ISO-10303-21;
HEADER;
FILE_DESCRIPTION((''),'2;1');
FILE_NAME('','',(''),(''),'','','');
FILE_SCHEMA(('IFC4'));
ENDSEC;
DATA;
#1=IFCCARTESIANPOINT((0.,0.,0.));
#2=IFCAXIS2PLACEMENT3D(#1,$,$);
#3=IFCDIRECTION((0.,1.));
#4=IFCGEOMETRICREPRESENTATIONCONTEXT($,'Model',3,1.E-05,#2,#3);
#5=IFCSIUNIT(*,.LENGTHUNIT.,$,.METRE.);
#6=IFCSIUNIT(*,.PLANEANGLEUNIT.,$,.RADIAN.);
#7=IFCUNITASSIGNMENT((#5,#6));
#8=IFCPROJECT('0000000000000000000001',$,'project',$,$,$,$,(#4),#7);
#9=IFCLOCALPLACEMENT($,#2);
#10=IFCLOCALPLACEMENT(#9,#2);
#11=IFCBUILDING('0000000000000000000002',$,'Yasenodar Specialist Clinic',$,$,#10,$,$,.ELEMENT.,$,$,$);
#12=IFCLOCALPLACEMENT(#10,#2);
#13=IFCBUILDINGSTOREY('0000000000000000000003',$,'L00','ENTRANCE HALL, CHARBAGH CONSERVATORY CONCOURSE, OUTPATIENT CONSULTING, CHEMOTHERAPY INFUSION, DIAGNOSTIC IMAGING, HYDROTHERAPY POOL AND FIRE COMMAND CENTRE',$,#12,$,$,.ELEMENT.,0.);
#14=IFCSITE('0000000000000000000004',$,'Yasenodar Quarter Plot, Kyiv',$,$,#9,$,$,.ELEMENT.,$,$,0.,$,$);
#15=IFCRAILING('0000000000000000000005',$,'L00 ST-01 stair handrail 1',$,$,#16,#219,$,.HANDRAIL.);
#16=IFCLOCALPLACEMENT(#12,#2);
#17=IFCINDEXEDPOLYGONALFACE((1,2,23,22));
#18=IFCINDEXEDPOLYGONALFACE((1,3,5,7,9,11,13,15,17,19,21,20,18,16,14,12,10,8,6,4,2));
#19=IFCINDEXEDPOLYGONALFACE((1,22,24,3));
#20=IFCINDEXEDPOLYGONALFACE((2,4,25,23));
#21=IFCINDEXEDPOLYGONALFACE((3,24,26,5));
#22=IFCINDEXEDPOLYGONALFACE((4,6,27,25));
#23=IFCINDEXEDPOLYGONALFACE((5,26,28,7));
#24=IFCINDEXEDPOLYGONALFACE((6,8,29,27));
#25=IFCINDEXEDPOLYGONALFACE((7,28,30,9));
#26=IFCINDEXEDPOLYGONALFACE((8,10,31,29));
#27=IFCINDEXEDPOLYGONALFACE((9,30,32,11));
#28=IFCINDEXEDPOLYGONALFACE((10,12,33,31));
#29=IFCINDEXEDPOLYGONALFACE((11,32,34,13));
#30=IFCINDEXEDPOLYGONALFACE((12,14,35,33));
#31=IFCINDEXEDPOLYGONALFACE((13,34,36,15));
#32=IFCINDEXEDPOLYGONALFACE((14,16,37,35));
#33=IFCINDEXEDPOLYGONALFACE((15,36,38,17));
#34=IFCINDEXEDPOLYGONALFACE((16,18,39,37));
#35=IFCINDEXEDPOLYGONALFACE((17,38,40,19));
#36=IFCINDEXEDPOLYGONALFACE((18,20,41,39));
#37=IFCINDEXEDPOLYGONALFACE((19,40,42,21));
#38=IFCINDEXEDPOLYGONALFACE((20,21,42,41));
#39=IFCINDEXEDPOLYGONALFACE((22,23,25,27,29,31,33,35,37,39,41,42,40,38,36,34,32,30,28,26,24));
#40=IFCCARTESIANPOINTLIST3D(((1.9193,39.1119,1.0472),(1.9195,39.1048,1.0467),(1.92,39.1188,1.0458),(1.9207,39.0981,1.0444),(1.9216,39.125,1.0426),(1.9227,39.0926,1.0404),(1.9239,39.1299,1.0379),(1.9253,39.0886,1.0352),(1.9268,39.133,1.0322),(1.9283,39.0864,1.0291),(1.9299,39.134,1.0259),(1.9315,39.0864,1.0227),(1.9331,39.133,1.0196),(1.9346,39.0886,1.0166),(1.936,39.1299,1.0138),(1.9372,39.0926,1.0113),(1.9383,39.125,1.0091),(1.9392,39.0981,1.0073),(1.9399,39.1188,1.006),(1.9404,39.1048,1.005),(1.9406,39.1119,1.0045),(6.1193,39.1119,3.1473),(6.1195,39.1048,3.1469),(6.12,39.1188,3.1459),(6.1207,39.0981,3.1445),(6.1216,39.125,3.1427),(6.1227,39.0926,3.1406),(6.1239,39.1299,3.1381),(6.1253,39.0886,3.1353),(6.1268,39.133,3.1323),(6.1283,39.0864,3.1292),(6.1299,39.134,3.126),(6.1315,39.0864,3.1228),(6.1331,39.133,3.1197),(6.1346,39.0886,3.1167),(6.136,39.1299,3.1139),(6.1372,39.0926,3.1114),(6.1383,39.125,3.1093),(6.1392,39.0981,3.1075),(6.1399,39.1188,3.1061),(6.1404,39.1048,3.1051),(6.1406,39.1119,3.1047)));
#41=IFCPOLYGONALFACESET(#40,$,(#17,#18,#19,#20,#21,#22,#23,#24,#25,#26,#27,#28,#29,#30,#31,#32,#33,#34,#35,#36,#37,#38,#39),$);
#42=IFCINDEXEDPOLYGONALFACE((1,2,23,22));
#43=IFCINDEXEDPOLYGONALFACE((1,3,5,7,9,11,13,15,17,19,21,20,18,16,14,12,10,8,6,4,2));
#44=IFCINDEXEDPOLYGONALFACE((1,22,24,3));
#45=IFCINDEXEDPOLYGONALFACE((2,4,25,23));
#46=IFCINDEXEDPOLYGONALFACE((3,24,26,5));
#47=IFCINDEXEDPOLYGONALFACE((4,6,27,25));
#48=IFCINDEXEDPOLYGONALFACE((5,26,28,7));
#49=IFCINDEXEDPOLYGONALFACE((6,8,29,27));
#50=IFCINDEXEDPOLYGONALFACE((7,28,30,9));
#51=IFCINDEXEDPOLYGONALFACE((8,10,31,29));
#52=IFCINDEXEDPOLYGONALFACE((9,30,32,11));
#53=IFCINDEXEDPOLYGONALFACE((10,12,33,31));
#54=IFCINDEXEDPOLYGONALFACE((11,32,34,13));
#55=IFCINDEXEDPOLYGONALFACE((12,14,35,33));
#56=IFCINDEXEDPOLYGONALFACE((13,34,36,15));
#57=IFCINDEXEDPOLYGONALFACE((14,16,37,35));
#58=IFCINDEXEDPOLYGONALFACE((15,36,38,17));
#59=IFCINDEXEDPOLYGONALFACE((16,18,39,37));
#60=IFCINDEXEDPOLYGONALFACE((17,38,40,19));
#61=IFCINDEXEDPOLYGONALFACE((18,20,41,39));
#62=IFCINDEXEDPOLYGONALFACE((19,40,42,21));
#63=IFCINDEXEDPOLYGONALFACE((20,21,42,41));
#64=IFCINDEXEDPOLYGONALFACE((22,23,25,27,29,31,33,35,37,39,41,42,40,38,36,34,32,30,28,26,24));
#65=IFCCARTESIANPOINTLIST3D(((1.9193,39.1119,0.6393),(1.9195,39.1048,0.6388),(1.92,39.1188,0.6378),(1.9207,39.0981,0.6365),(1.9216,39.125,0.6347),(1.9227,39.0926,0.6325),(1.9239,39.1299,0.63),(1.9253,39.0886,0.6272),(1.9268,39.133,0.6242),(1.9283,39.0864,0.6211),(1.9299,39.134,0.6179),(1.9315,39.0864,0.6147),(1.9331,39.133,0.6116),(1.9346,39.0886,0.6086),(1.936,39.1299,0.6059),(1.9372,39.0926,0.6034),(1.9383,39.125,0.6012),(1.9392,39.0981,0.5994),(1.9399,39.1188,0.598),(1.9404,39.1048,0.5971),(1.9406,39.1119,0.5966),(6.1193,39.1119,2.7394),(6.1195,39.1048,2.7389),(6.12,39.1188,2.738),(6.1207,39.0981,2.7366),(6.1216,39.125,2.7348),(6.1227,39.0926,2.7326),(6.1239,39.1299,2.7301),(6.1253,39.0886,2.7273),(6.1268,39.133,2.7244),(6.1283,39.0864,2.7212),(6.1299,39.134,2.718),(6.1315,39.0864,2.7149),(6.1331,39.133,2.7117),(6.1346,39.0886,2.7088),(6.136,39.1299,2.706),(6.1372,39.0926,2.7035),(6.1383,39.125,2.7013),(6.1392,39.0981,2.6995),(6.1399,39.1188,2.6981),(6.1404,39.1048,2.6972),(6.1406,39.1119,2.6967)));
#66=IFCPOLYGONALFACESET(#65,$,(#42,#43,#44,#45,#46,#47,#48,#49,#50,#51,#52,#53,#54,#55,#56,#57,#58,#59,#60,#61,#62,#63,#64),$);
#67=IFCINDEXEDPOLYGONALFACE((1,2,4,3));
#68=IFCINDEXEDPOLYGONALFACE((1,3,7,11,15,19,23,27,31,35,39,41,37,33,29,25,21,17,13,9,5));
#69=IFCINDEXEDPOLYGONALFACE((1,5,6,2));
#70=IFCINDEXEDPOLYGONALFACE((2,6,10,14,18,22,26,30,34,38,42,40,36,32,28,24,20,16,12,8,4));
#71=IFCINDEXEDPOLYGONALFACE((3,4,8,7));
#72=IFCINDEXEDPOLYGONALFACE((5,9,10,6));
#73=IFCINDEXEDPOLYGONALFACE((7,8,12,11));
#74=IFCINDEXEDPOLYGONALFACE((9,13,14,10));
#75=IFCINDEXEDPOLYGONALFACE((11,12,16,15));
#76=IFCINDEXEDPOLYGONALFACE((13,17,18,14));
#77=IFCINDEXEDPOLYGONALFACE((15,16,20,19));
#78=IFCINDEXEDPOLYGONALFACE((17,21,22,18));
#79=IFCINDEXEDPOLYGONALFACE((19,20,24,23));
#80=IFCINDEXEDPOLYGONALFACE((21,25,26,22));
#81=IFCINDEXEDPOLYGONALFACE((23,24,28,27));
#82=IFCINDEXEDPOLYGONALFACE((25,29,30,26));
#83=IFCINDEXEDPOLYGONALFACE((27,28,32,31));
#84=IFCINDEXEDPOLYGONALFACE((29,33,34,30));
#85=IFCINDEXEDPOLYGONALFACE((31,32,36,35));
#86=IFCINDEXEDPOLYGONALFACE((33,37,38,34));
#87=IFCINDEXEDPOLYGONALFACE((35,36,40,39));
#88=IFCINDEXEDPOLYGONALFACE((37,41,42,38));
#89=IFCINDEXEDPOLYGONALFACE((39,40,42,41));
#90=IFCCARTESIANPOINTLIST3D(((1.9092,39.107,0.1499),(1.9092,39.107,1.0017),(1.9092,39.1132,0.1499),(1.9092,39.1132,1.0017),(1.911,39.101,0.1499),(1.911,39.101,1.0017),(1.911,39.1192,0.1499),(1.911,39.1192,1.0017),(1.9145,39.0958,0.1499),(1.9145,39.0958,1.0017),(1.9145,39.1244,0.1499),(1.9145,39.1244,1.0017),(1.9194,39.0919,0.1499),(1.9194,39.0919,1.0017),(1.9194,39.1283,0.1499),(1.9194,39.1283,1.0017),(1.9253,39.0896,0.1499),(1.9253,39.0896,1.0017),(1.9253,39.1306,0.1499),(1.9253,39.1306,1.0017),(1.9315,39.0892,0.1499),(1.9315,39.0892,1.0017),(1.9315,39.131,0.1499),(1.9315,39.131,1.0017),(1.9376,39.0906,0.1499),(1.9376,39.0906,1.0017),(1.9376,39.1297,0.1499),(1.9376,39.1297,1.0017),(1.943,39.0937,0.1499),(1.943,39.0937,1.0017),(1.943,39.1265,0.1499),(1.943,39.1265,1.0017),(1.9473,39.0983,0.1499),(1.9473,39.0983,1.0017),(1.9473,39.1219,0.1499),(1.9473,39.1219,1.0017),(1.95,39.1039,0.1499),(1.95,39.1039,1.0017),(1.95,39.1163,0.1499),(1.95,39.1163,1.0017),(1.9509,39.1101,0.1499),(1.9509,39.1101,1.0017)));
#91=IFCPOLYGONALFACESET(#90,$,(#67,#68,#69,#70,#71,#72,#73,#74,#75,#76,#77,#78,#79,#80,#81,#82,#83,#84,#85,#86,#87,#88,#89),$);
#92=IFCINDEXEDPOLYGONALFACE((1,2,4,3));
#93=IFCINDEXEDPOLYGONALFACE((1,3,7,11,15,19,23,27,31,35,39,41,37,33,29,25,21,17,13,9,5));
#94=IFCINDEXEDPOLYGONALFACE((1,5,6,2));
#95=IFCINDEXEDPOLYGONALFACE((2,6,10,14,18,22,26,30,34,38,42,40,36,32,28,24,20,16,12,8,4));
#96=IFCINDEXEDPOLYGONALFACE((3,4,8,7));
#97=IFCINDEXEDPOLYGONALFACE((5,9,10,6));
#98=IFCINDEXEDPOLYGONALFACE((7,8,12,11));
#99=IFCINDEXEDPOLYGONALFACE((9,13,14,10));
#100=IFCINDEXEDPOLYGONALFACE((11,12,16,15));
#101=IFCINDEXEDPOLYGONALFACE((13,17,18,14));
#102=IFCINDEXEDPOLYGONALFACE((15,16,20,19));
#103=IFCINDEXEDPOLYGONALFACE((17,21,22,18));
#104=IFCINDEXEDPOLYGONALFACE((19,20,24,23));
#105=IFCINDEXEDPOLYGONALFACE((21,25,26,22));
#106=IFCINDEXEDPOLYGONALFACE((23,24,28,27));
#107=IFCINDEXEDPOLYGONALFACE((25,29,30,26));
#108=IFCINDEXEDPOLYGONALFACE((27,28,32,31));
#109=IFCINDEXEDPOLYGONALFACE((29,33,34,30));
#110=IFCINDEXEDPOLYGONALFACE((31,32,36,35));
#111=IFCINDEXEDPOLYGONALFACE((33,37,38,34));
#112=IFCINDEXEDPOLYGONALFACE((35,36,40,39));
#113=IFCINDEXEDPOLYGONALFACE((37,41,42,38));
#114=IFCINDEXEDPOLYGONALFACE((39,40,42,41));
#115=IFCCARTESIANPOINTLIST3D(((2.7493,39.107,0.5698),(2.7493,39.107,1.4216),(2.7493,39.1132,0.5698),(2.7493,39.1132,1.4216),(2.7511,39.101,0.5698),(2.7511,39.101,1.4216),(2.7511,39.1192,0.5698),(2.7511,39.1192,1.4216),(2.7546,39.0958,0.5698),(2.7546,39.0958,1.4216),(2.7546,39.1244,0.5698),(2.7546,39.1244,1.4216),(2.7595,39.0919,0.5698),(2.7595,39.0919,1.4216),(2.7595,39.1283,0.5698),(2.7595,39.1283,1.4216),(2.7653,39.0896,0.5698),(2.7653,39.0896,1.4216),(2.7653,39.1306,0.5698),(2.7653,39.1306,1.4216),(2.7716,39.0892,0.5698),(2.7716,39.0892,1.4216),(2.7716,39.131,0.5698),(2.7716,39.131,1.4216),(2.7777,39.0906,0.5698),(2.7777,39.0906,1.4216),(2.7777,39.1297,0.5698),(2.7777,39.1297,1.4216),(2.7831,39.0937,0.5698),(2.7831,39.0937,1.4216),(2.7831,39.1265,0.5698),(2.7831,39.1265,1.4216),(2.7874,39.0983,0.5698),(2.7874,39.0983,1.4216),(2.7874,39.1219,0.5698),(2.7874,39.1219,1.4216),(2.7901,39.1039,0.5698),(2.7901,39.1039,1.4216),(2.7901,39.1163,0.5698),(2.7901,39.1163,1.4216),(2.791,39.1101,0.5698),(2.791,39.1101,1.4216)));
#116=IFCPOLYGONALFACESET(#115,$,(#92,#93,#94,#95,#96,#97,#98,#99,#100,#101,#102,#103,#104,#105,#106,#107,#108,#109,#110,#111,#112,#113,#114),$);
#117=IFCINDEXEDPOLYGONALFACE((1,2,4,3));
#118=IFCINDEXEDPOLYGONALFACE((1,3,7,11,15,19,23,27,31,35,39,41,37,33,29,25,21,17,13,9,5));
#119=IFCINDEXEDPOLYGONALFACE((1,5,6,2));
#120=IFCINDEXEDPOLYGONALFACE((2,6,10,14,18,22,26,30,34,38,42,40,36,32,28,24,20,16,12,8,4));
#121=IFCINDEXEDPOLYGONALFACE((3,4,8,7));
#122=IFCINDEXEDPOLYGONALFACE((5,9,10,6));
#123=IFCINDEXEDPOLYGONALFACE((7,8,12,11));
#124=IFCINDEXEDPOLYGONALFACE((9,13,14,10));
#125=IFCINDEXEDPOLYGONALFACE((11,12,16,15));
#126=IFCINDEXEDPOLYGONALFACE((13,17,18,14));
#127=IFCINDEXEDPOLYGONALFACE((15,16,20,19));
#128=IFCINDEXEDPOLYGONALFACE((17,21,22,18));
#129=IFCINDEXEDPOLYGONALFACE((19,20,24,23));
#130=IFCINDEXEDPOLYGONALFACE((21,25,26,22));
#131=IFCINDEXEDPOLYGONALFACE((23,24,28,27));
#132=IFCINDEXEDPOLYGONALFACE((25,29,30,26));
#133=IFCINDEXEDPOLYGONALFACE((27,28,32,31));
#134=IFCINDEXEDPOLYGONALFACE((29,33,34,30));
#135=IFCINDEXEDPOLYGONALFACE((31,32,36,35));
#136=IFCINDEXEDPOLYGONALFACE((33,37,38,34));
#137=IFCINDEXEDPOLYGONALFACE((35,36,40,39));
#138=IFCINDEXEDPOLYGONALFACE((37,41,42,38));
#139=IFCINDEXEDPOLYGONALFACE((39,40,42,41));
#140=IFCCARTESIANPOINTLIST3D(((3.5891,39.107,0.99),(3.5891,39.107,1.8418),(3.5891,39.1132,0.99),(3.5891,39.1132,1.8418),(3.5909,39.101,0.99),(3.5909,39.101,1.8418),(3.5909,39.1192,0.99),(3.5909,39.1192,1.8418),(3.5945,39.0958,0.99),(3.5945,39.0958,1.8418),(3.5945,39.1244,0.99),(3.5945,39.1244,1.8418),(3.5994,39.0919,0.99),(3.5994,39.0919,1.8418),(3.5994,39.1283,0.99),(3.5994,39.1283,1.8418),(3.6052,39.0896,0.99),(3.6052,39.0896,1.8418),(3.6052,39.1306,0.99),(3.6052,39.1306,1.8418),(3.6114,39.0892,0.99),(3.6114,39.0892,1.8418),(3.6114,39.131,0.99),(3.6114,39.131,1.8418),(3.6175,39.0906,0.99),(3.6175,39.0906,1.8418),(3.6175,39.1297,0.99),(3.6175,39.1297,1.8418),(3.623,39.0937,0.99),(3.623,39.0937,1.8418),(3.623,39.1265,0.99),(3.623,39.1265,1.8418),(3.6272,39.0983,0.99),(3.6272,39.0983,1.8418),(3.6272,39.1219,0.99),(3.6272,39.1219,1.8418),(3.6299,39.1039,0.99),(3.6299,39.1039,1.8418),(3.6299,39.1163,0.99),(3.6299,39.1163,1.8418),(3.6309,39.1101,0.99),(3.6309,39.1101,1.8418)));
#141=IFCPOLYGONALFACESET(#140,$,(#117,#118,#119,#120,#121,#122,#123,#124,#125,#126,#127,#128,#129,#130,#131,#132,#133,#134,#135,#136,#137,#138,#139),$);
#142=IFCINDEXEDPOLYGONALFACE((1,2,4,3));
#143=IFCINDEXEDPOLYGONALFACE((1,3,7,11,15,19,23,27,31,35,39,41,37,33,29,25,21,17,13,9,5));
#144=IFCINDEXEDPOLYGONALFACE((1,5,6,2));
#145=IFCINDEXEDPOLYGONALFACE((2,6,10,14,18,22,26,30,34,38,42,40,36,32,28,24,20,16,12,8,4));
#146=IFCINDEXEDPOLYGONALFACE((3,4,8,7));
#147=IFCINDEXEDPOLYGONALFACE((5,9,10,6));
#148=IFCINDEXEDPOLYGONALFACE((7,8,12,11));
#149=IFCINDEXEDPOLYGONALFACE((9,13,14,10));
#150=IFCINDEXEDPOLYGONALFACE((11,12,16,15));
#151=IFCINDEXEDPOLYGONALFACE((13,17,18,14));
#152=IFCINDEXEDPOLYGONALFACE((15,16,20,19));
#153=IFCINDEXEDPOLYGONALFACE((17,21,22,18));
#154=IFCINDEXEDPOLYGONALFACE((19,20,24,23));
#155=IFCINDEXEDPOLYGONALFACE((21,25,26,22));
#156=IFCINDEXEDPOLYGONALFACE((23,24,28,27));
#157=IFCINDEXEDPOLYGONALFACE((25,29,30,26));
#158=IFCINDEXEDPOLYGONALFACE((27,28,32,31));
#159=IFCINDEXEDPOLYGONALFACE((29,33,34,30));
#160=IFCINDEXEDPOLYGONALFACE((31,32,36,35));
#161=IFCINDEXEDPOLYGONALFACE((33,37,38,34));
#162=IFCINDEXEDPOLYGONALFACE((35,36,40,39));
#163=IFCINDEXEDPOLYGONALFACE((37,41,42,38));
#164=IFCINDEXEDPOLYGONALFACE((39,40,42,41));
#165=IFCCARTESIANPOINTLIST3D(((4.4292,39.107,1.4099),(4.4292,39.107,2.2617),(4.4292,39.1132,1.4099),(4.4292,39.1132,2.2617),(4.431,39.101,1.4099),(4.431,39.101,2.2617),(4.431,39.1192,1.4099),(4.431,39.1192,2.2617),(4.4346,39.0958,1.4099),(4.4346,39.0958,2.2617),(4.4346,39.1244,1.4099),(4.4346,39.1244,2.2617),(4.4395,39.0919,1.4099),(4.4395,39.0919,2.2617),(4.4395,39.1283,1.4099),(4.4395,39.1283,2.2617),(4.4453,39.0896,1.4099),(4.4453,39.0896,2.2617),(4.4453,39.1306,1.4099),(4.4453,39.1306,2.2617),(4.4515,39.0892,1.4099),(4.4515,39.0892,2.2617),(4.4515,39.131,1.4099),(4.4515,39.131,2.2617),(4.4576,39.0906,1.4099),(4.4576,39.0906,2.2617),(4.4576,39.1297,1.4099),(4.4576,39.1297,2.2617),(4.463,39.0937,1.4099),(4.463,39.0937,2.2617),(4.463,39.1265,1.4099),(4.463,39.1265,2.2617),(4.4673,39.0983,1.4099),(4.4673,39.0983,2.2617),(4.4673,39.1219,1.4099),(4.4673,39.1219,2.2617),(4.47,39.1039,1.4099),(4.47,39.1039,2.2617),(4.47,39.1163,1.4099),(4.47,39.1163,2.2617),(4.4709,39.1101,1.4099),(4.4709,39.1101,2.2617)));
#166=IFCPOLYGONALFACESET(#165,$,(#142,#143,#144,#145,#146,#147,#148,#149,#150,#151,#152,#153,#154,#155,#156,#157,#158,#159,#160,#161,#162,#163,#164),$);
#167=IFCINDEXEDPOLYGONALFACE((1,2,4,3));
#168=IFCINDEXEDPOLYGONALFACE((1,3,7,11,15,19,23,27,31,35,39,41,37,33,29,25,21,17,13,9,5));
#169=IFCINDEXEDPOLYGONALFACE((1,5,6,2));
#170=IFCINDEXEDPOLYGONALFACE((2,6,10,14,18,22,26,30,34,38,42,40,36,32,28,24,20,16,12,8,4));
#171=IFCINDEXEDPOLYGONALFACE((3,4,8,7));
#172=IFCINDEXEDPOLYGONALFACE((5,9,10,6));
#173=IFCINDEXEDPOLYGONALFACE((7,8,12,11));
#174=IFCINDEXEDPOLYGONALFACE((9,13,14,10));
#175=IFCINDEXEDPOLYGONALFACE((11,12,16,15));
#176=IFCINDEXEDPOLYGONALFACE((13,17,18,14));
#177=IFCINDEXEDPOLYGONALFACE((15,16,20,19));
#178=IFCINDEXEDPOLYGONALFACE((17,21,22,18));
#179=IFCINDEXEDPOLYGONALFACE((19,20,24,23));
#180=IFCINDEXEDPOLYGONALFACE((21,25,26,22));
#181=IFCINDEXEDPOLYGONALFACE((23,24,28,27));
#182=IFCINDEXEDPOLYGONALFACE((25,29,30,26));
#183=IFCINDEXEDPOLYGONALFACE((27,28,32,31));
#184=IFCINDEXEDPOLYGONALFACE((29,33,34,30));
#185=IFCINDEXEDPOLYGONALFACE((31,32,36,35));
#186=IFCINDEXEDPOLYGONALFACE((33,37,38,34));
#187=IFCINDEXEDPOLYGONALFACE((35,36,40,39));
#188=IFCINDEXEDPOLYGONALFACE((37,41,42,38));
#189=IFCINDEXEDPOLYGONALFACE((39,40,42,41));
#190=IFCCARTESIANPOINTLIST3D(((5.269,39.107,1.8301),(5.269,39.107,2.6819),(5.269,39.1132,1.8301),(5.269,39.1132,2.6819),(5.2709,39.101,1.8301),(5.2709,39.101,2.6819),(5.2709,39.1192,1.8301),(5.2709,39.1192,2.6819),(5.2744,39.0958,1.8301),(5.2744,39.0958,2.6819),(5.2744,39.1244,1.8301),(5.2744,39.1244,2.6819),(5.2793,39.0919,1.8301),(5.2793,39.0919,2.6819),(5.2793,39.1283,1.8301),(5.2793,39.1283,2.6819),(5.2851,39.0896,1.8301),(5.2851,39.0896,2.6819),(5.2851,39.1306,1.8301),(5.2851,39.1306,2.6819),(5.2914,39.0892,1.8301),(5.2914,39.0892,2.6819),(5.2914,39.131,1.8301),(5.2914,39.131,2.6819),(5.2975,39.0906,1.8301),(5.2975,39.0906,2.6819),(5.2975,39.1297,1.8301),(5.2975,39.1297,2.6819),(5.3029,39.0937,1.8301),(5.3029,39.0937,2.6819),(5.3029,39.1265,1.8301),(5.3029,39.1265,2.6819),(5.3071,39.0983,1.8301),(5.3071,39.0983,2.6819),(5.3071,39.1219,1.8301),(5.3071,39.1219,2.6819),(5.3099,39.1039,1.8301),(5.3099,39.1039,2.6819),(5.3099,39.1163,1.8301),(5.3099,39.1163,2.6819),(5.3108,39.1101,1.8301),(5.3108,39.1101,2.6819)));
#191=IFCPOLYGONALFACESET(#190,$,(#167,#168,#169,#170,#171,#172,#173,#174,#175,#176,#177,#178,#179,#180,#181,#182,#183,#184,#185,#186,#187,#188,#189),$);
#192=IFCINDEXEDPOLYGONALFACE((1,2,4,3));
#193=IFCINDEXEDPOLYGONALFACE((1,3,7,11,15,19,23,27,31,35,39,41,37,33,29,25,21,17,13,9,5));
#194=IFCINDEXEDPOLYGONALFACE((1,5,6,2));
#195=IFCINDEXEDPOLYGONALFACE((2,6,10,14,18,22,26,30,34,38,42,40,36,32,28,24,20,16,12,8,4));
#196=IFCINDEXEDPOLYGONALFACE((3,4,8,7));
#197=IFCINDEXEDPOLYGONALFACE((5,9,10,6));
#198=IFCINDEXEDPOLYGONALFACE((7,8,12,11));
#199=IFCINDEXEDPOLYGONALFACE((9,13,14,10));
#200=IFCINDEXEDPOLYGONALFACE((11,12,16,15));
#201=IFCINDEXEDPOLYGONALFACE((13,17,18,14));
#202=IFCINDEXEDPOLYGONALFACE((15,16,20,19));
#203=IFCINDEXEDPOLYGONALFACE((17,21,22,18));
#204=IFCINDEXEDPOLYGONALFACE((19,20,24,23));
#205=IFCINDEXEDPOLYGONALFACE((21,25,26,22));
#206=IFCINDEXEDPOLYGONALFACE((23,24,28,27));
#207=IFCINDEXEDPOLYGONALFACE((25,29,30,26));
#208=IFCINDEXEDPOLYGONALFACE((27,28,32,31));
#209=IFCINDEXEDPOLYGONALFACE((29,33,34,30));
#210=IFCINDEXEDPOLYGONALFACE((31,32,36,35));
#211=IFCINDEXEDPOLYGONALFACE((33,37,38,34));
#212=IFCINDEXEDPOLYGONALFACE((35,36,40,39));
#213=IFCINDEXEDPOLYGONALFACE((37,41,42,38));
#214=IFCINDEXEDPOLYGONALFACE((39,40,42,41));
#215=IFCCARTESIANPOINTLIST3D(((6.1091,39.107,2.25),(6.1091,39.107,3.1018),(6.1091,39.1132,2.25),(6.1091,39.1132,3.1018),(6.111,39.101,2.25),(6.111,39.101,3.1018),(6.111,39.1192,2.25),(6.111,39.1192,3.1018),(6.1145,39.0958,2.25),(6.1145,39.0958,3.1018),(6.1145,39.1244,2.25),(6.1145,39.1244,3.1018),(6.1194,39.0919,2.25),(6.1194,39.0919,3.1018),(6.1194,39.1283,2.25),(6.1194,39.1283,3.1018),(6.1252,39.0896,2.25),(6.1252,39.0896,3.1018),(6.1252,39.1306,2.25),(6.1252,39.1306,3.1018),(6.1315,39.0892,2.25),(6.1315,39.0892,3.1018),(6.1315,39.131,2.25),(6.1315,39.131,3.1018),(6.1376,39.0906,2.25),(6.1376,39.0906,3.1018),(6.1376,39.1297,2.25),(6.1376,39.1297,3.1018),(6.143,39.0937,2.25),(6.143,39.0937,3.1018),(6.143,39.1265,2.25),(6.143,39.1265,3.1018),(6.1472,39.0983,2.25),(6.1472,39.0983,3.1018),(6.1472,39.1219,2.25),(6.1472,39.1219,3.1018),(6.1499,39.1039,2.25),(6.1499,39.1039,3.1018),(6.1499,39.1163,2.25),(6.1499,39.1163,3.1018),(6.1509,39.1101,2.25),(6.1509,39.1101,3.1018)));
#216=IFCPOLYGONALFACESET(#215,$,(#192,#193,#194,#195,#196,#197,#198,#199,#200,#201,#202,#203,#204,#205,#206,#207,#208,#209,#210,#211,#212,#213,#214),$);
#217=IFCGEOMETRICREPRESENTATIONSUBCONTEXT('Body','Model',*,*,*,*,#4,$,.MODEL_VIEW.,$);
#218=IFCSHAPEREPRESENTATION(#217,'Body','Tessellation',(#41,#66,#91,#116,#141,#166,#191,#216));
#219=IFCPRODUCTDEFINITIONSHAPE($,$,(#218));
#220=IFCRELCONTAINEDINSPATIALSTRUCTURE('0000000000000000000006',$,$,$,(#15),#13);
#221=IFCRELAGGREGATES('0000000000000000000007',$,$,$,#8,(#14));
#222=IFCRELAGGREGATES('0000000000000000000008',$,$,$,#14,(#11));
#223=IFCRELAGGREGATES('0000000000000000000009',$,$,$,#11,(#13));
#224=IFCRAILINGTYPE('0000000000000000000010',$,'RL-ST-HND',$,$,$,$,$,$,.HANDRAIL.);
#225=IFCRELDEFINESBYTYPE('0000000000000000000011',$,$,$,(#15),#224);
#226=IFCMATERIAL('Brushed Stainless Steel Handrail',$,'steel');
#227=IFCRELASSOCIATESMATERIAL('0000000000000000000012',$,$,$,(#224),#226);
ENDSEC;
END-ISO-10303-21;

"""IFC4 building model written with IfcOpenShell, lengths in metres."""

from ifc_helpers import new_model, si_unit, direction, frame, origin, origin_2d, place, context, subcontext, project, spatial, circle, extrude, material, type_object, element, save


model = new_model("IFC4")

# Units and contexts
model_context = context("Model", 3, precision=1e-05, world=origin(), true_north=direction((0.0, 1.0)))
body_context = subcontext(model_context, "Body", "Model", "MODEL_VIEW")
ifc_project = project(units=[si_unit("LENGTHUNIT", "METRE"), si_unit("PLANEANGLEUNIT", "RADIAN")], contexts=[model_context])

# Site, building, storey
site_placement = place(None, origin())
site = spatial("IfcSite", under=ifc_project, at=site_placement, Name="Yasenodar Quarter Plot, Kyiv", CompositionType="ELEMENT", RefElevation=0.0)
building_placement = place(site_placement, origin())
building = spatial("IfcBuilding", under=site, at=building_placement, Name="Yasenodar Specialist Clinic", CompositionType="ELEMENT")
storey_placement = place(building_placement, origin())
storey = spatial("IfcBuildingStorey", under=building, at=storey_placement, Name="L00", Description="ENTRANCE HALL, CHARBAGH CONSERVATORY CONCOURSE, OUTPATIENT CONSULTING, CHEMOTHERAPY INFUSION, DIAGNOSTIC IMAGING, HYDROTHERAPY POOL AND FIRE COMMAND CENTRE", CompositionType="ELEMENT", Elevation=0.0)

# Railing
ifc_material_1 = material(Name="Brushed Stainless Steel Handrail", Category="steel")
railing_type_1 = type_object("IfcRailingType", Name="RL-ST-HND", PredefinedType="HANDRAIL", material=ifc_material_1)
railing_1_placement = place(storey_placement, frame((1.9299, 39.1101, 0.1499)))
element("IfcRailing", 1, at=railing_1_placement, inside=storey, type_object=railing_type_1, Name="L00 ST-01 stair handrail 1", PredefinedType="HANDRAIL", context=body_context, shape_type="SweptSolid", body=[
    extrude(circle(Radius=0.0239, at=origin_2d()), frame((0.0, 0.0, 0.876), z_axis=(0.894417, 0.0, 0.447234), x_axis=(0.0, 1.0, 0.0)), (0.0, 0.0, 1.0), 4.6958),
    extrude(circle(Radius=0.0239, at=origin_2d()), frame((0.0, 0.0, 0.468), z_axis=(0.894417, 0.0, 0.447234), x_axis=(0.0, 1.0, 0.0)), (0.0, 0.0, 1.0), 4.6958),
    extrude(circle(Radius=0.021, at=origin_2d()), origin(), (0.0, 0.0, 1.0), 0.8518),
    extrude(circle(Radius=0.021, at=origin_2d()), frame((0.8401, 0.0, 0.4199)), (0.0, 0.0, 1.0), 0.8518),
    extrude(circle(Radius=0.021, at=origin_2d()), frame((1.6799, 0.0, 0.8401)), (0.0, 0.0, 1.0), 0.8518),
    extrude(circle(Radius=0.021, at=origin_2d()), frame((2.52, 0.0, 1.26)), (0.0, 0.0, 1.0), 0.8518),
    extrude(circle(Radius=0.021, at=origin_2d()), frame((3.3599, 0.0, 1.6802)), (0.0, 0.0, 1.0), 0.8518),
    extrude(circle(Radius=0.021, at=origin_2d()), frame((4.2, 0.0, 2.1001)), (0.0, 0.0, 1.0), 0.8518),
])

save(model, "model.ifc")
